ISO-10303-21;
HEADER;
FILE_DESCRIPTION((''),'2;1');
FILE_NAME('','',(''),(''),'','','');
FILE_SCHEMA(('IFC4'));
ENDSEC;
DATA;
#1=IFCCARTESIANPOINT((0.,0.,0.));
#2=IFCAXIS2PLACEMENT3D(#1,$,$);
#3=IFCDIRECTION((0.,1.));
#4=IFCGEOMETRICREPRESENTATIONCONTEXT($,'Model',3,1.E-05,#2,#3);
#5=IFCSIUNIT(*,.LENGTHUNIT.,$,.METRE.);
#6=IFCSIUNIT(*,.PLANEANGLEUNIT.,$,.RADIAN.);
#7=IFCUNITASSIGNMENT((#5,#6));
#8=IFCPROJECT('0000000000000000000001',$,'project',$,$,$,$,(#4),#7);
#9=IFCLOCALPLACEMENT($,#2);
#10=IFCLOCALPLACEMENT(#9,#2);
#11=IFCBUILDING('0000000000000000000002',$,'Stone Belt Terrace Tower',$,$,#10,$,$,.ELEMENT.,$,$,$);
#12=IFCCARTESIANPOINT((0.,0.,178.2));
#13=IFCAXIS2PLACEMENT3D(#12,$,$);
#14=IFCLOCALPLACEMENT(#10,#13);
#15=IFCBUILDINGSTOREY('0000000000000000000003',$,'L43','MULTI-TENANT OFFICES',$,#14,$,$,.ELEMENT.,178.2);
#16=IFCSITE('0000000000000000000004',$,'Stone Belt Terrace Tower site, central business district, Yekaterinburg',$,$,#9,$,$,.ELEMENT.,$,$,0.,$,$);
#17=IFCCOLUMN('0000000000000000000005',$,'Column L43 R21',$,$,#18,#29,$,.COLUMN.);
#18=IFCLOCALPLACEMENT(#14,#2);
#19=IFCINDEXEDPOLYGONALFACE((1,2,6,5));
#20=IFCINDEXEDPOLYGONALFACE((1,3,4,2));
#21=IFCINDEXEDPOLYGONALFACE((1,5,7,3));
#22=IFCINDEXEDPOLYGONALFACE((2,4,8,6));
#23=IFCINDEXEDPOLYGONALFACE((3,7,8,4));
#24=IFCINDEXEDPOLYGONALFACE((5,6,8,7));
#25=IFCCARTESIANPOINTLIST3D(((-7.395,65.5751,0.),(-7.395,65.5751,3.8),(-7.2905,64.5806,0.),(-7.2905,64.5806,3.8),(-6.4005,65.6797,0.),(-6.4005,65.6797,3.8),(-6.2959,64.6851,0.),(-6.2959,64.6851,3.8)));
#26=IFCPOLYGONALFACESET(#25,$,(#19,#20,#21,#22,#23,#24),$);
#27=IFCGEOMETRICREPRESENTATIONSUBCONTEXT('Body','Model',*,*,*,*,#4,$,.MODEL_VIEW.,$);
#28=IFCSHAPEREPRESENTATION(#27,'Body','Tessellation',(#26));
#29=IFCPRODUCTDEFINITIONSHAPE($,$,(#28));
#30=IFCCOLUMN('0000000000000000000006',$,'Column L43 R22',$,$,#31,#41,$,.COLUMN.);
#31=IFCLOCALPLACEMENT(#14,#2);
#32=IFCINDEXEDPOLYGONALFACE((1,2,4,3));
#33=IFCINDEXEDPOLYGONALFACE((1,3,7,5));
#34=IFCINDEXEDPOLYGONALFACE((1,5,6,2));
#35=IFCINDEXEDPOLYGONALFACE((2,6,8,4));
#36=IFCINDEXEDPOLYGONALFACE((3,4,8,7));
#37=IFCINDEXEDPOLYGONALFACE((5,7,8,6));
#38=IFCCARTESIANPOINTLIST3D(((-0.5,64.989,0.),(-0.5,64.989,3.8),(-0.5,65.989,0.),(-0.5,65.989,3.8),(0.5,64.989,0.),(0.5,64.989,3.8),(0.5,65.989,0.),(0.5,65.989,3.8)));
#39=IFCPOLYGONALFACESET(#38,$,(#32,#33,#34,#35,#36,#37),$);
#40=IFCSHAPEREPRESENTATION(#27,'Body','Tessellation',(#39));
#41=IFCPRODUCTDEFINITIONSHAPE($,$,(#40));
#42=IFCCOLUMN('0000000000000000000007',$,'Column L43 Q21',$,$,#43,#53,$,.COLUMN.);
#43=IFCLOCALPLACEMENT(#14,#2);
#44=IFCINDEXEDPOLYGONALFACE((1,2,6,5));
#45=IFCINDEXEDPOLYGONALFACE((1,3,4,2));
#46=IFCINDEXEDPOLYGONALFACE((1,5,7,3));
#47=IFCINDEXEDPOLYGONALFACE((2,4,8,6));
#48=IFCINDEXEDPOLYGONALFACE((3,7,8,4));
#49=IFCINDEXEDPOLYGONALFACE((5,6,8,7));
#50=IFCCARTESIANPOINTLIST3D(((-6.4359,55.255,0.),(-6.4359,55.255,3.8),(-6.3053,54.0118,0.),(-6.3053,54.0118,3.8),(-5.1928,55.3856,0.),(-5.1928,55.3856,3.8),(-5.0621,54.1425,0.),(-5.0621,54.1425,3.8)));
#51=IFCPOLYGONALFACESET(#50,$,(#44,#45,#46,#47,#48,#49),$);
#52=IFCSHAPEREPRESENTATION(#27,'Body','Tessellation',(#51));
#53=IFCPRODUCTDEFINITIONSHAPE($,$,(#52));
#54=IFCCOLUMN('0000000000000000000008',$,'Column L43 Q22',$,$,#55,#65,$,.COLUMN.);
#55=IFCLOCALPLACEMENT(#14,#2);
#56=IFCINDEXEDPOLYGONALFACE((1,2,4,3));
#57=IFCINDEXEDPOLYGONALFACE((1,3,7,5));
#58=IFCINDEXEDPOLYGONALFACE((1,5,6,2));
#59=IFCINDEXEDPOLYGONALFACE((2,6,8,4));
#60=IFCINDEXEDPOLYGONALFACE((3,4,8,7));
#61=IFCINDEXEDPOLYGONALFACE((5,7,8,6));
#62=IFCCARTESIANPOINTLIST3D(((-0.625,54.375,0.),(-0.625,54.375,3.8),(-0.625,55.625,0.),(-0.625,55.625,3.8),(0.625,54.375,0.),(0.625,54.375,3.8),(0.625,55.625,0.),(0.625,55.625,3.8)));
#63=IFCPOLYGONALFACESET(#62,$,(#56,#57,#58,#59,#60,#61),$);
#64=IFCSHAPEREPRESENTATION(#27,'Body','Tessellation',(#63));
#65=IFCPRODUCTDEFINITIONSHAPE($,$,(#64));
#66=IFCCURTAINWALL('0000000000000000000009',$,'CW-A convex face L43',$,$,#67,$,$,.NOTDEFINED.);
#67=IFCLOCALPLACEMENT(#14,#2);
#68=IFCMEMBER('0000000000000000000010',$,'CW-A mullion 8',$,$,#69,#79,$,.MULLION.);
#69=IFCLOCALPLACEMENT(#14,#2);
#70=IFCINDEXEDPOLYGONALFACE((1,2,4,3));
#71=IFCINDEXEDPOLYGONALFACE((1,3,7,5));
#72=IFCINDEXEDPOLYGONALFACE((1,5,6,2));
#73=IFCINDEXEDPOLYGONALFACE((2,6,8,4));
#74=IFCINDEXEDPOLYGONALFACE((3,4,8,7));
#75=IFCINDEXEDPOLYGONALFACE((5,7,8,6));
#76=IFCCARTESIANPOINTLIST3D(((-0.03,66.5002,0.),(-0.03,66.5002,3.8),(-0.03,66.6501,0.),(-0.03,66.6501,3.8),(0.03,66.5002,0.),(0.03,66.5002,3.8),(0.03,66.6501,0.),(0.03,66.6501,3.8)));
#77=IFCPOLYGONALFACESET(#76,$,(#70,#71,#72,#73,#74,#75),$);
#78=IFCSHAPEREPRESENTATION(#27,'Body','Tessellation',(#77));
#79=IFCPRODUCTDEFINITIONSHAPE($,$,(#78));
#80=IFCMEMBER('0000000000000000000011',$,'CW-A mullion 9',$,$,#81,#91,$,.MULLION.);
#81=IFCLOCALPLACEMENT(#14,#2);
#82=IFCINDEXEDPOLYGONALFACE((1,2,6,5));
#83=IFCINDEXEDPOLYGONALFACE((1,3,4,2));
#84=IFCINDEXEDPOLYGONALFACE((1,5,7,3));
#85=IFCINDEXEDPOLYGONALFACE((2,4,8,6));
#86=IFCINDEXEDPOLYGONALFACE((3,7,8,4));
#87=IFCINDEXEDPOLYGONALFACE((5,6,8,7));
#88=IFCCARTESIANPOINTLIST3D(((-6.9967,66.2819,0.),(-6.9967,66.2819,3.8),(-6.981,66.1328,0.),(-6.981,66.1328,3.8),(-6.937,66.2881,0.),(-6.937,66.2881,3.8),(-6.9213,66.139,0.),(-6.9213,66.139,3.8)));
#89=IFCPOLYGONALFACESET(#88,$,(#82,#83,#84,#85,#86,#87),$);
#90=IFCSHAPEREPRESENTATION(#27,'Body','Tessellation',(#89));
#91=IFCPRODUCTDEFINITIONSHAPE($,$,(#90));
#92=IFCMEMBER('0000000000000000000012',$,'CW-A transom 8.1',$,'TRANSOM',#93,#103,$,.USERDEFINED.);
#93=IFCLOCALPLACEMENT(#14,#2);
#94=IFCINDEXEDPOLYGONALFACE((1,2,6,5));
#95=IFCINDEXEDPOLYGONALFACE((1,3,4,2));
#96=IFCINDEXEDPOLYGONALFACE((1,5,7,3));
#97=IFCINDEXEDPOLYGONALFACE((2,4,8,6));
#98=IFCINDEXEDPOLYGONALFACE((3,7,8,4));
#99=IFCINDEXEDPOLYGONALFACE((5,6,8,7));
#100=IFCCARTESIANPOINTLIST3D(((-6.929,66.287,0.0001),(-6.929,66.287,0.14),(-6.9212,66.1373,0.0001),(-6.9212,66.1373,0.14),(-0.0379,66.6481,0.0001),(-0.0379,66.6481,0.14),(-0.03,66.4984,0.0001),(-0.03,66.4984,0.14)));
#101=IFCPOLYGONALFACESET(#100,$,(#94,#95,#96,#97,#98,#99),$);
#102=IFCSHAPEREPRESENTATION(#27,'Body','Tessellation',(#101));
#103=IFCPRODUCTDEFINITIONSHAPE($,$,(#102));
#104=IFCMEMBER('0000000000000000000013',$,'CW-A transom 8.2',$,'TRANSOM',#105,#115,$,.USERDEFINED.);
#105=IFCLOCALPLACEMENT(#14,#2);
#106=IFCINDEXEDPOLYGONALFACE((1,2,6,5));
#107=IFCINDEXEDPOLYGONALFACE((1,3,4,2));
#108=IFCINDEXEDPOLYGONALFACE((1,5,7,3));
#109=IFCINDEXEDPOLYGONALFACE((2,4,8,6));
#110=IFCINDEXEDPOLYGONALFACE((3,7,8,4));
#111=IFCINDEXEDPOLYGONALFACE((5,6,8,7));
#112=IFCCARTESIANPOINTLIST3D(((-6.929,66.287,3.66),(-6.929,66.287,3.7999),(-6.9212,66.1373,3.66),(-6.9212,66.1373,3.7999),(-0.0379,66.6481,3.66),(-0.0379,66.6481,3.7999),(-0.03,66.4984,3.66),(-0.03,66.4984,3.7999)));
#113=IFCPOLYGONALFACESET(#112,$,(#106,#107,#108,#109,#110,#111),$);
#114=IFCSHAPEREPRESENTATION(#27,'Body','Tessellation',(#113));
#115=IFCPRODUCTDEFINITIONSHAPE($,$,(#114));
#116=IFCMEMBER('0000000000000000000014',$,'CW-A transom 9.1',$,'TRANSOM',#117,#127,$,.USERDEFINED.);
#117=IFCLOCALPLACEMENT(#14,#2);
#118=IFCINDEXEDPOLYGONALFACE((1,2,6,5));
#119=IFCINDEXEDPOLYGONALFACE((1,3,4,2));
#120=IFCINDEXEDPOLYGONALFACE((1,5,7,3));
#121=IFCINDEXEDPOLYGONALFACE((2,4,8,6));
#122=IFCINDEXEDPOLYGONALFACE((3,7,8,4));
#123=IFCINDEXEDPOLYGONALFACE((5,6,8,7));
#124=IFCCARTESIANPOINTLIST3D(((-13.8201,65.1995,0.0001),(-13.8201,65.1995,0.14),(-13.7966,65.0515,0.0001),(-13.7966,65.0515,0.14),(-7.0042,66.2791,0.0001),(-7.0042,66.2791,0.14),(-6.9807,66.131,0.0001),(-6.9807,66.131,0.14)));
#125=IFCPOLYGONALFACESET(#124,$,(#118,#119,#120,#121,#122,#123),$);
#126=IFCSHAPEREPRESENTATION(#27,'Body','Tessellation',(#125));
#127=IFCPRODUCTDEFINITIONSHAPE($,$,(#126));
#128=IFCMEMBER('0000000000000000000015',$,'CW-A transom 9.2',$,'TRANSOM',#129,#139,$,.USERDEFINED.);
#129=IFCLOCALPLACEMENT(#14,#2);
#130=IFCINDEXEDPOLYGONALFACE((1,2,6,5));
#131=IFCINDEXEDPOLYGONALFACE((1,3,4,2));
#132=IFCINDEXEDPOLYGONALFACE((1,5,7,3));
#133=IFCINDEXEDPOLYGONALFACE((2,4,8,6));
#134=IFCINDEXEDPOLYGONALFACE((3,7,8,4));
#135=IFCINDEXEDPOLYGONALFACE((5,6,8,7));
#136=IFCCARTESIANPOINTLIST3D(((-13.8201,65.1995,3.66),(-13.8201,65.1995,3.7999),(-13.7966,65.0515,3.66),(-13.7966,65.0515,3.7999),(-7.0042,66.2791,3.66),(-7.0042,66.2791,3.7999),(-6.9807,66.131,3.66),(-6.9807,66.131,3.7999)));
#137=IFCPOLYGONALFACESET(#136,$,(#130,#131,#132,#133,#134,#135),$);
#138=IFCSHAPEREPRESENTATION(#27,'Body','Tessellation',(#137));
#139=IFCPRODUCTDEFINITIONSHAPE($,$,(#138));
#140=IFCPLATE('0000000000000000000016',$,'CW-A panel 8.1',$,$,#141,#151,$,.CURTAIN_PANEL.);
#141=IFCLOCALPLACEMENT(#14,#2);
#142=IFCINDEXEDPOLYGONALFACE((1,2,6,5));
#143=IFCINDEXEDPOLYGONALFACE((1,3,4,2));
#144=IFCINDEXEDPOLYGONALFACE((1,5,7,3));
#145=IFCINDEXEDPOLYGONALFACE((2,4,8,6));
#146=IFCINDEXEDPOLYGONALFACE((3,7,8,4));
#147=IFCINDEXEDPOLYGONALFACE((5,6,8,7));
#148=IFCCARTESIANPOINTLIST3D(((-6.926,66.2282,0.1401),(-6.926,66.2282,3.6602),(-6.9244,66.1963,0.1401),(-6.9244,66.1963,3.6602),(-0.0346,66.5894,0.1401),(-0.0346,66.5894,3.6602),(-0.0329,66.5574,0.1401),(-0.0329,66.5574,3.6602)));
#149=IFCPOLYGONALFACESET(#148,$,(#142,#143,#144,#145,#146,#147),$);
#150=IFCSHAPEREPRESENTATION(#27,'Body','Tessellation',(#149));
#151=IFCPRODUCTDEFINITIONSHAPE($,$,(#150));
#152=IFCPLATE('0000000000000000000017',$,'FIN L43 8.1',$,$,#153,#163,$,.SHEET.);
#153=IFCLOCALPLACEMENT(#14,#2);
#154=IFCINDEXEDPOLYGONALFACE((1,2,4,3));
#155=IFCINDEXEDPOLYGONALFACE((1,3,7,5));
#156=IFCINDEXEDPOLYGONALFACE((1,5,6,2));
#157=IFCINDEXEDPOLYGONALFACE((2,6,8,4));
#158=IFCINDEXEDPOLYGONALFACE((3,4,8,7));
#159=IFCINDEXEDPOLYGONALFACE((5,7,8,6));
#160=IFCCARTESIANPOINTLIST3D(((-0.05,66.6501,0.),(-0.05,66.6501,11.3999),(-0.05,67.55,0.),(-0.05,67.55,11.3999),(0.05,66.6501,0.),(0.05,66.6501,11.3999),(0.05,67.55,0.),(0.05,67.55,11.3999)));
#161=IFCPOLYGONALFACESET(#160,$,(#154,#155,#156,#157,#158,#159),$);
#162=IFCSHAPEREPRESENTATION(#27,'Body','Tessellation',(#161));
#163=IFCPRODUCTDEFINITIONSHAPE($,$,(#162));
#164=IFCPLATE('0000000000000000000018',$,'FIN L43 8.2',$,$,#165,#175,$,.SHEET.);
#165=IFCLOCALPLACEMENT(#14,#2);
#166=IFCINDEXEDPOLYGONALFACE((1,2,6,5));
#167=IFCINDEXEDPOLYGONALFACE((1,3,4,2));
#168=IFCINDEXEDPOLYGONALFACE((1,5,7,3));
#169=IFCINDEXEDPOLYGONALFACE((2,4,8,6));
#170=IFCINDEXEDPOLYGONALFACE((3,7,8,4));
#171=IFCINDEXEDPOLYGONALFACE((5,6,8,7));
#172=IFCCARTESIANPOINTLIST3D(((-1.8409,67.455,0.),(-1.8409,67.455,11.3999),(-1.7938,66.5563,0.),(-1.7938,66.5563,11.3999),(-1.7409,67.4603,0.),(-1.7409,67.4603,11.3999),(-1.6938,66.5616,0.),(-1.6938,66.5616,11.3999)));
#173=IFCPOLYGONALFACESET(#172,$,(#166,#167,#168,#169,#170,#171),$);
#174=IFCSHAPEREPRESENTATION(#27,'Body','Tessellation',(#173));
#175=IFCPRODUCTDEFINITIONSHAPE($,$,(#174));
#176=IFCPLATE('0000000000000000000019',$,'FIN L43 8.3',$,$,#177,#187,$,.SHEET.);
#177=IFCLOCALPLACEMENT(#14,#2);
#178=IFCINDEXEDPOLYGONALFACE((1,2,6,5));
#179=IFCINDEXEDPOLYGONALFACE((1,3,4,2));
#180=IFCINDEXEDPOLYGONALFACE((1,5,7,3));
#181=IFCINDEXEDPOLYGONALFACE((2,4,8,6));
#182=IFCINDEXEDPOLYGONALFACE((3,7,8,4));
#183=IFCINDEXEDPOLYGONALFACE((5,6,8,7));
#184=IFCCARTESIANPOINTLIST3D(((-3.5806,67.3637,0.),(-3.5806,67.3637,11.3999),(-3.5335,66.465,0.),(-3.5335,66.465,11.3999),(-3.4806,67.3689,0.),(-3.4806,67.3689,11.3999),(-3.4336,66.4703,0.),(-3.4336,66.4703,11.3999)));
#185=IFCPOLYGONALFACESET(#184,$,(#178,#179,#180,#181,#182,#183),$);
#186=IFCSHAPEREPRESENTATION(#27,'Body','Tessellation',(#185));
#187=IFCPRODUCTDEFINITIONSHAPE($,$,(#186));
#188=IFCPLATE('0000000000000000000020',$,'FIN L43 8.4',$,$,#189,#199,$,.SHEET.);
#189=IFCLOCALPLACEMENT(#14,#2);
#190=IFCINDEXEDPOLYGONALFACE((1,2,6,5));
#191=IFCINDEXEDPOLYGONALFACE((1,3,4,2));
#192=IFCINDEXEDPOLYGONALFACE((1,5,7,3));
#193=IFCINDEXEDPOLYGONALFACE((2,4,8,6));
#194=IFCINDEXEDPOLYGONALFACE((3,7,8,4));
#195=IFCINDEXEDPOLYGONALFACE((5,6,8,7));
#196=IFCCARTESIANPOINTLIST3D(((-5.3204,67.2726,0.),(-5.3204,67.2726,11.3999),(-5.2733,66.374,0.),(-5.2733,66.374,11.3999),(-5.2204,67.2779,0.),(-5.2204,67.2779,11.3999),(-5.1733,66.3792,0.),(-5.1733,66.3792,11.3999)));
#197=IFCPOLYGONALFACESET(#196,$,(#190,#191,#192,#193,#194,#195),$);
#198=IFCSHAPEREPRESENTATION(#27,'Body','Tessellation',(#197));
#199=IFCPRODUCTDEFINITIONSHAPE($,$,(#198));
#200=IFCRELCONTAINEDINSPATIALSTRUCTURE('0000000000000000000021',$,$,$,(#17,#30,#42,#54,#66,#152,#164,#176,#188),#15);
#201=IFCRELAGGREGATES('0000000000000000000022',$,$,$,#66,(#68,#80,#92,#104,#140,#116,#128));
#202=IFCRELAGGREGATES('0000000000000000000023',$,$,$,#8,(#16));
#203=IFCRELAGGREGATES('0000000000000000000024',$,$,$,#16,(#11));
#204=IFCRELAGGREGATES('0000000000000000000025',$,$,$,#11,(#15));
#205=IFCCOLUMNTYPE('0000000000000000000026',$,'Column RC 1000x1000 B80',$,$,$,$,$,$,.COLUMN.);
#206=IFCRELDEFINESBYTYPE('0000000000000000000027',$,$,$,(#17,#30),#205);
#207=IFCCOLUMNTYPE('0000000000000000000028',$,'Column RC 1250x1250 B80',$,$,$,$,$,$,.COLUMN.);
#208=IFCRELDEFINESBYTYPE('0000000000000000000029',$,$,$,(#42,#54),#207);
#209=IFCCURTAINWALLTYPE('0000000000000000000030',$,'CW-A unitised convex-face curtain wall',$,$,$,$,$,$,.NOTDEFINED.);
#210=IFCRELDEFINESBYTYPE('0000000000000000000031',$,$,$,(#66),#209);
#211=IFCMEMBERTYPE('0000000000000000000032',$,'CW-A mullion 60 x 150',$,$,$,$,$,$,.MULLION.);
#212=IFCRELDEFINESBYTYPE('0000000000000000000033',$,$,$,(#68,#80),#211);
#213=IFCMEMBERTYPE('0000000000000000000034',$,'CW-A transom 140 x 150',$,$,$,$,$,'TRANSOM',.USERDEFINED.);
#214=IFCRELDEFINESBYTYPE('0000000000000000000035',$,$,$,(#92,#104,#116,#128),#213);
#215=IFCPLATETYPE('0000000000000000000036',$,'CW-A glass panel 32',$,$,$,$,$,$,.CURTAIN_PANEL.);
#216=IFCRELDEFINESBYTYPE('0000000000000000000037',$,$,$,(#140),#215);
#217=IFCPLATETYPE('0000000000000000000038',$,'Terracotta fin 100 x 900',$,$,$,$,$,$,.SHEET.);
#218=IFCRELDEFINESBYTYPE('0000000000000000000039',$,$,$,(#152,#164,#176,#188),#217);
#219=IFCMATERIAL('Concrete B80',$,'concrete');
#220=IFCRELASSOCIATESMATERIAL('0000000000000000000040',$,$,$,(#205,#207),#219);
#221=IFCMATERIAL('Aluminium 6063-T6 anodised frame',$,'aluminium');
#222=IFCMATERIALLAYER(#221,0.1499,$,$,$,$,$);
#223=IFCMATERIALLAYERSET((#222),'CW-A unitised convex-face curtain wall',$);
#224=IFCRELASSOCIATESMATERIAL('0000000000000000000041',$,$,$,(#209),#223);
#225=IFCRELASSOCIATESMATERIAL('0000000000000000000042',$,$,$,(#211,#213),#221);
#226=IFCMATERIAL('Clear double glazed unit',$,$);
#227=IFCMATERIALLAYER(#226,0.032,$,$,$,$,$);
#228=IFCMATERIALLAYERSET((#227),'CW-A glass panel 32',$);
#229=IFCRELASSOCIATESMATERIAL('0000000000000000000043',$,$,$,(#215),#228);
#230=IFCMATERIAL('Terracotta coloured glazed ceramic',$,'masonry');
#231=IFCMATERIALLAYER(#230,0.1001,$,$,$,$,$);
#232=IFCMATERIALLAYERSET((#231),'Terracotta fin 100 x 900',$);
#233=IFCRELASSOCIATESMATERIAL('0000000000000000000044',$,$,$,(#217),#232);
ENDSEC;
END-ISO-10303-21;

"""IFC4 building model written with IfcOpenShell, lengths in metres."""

from ifc_helpers import new_model, si_unit, direction, frame, origin, origin_2d, place, context, subcontext, project, spatial, rectangle, extrude, material, layer, layer_set, material_profile, profile_set, type_object, element, aggregate, save


model = new_model("IFC4")

# Units and contexts
model_context = context("Model", 3, precision=1e-05, world=origin(), true_north=direction((0.0, 1.0)))
body_context = subcontext(model_context, "Body", "Model", "MODEL_VIEW")
ifc_project = project(units=[si_unit("LENGTHUNIT", "METRE"), si_unit("PLANEANGLEUNIT", "RADIAN")], contexts=[model_context])

# Site, building, storey
site_placement = place(None, origin())
site = spatial("IfcSite", under=ifc_project, at=site_placement, Name="Stone Belt Terrace Tower site, central business district, Yekaterinburg", CompositionType="ELEMENT", RefElevation=0.0)
building_placement = place(site_placement, origin())
building = spatial("IfcBuilding", under=site, at=building_placement, Name="Stone Belt Terrace Tower", CompositionType="ELEMENT")
storey_placement = place(building_placement, frame((0.0, 0.0, 178.2)))
storey = spatial("IfcBuildingStorey", under=building, at=storey_placement, Name="L43", Description="MULTI-TENANT OFFICES", CompositionType="ELEMENT", Elevation=178.2)

# Columns
ifc_material_1 = material(Name="Concrete B80", Category="concrete")
ifc_material_profile_1 = material_profile(ifc_material_1, rectangle(XDim=1.0, YDim=1.0, at=origin_2d()), Name="RC 1000x1000")
ifc_profile_set_1 = profile_set([ifc_material_profile_1], Name="Concrete B80")
column_type_1 = type_object("IfcColumnType", Name="Column RC 1000x1000 B80", PredefinedType="COLUMN", material=ifc_profile_set_1)
for number, where, z_axis, x_axis, name in (
    (1, (-6.8455, 65.1301, 0.0), (0.0, 0.0, 1.0), (0.994522, 0.104528, 0.0), "Column L43 R21"),
    (2, (0.0, 65.489, 0.0), (0.0, 0.0, 1.0), (1.0, 0.0, 0.0), "Column L43 R22"),
):
    element("IfcColumn", number, at=place(storey_placement, frame(where, z_axis=z_axis, x_axis=x_axis)), inside=storey, type_object=column_type_1, Name=name, PredefinedType="COLUMN", context=body_context, shape_type="SweptSolid", body=[
        extrude(rectangle(XDim=1.0, YDim=1.0, at=origin_2d()), origin(), (0.0, 0.0, 1.0), 3.8),
    ])
ifc_material_profile_2 = material_profile(ifc_material_1, rectangle(XDim=1.25, YDim=1.25, at=origin_2d()), Name="RC 1250x1250")
ifc_profile_set_2 = profile_set([ifc_material_profile_2], Name="Concrete B80")
column_type_2 = type_object("IfcColumnType", Name="Column RC 1250x1250 B80", PredefinedType="COLUMN", material=ifc_profile_set_2)
for number, where, z_axis, x_axis, name in (
    (3, (-5.749, 54.6987, 0.0), (0.0, 0.0, 1.0), (0.994522, 0.104528, 0.0), "Column L43 Q21"),
    (4, (0.0, 55.0, 0.0), (0.0, 0.0, 1.0), (1.0, 0.0, 0.0), "Column L43 Q22"),
):
    element("IfcColumn", number, at=place(storey_placement, frame(where, z_axis=z_axis, x_axis=x_axis)), inside=storey, type_object=column_type_2, Name=name, PredefinedType="COLUMN", context=body_context, shape_type="SweptSolid", body=[
        extrude(rectangle(XDim=1.25, YDim=1.25, at=origin_2d()), origin(), (0.0, 0.0, 1.0), 3.8),
    ])

# Curtain wall, members, plate
ifc_material_2 = material(Name="Aluminium 6063-T6 anodised frame", Category="aluminium")
ifc_layer_1 = layer(ifc_material_2, 0.1499)
ifc_layer_set_1 = layer_set([ifc_layer_1], Name="CW-A unitised convex-face curtain wall")
curtain_wall_type = type_object("IfcCurtainWallType", Name="CW-A unitised convex-face curtain wall", PredefinedType="NOTDEFINED", material=ifc_layer_set_1)
curtain_wall_placement = place(storey_placement, origin())
curtain_wall = element("IfcCurtainWall", 5, at=curtain_wall_placement, inside=storey, type_object=curtain_wall_type, Name="CW-A convex face L43", PredefinedType="NOTDEFINED")
ifc_material_profile_3 = material_profile(ifc_material_2, rectangle(XDim=0.1499, YDim=0.0601, at=origin_2d()), Name="Aluminium 6063-T6 60x150")
ifc_profile_set_3 = profile_set([ifc_material_profile_3], Name="Aluminium 6063-T6 anodised frame")
member_type_1 = type_object("IfcMemberType", Name="CW-A mullion 60 x 150", PredefinedType="MULLION", material=ifc_profile_set_3)
member_1_placement = place(storey_placement, frame((0.0, 66.5752, 0.0), z_axis=(0.0, 0.0, 1.0), x_axis=(0.0, -1.0, 0.0)))
member_1 = element("IfcMember", 6, at=member_1_placement, type_object=member_type_1, Name="CW-A mullion 8", PredefinedType="MULLION", context=body_context, shape_type="SweptSolid", body=[
    extrude(rectangle(XDim=0.1499, YDim=0.0601, at=origin_2d()), origin(), (0.0, 0.0, 1.0), 3.8),
])
member_2_placement = place(storey_placement, frame((-6.959, 66.2104, 0.0), z_axis=(0.0, 0.0, 1.0), x_axis=(0.104528, -0.994522, 0.0)))
member_2 = element("IfcMember", 7, at=member_2_placement, type_object=member_type_1, Name="CW-A mullion 9", PredefinedType="MULLION", context=body_context, shape_type="SweptSolid", body=[
    extrude(rectangle(XDim=0.1499, YDim=0.0601, at=origin_2d()), origin(), (0.0, 0.0, 1.0), 3.8),
])
ifc_material_profile_4 = material_profile(ifc_material_2, rectangle(XDim=0.1499, YDim=0.1399, at=origin_2d()), Name="Aluminium 6063-T6 150x140")
ifc_profile_set_4 = profile_set([ifc_material_profile_4], Name="Aluminium 6063-T6 anodised frame")
member_type_2 = type_object("IfcMemberType", Name="CW-A transom 140 x 150", ElementType="TRANSOM", PredefinedType="USERDEFINED", material=ifc_profile_set_4)
member_3_placement = place(storey_placement, frame((-0.0339, 66.5732, 0.0701), z_axis=(-0.99863, -0.052327, 0.0), x_axis=(0.052327, -0.99863, 0.0)))
member_3 = element("IfcMember", 8, at=member_3_placement, type_object=member_type_2, Name="CW-A transom 8.1", ObjectType="TRANSOM", PredefinedType="USERDEFINED", context=body_context, shape_type="SweptSolid", body=[
    extrude(rectangle(XDim=0.1499, YDim=0.1399, at=origin_2d()), origin(), (0.0, 0.0, 1.0), 6.9006),
])
member_4_placement = place(storey_placement, frame((-0.0339, 66.5732, 3.73), z_axis=(-0.99863, -0.052327, 0.0), x_axis=(0.052327, -0.99863, 0.0)))
member_4 = element("IfcMember", 9, at=member_4_placement, type_object=member_type_2, Name="CW-A transom 8.2", ObjectType="TRANSOM", PredefinedType="USERDEFINED", context=body_context, shape_type="SweptSolid", body=[
    extrude(rectangle(XDim=0.1499, YDim=0.1399, at=origin_2d()), origin(), (0.0, 0.0, 1.0), 6.9006),
])
member_5_placement = place(storey_placement, frame((-6.9924, 66.2051, 0.0701), z_axis=(-0.987687, -0.156442, 0.0), x_axis=(0.156442, -0.987687, 0.0)))
member_5 = element("IfcMember", 10, at=member_5_placement, type_object=member_type_2, Name="CW-A transom 9.1", ObjectType="TRANSOM", PredefinedType="USERDEFINED", context=body_context, shape_type="SweptSolid", body=[
    extrude(rectangle(XDim=0.1499, YDim=0.1399, at=origin_2d()), origin(), (0.0, 0.0, 1.0), 6.9009),
])
member_6_placement = place(storey_placement, frame((-6.9924, 66.2051, 3.73), z_axis=(-0.987687, -0.156442, 0.0), x_axis=(0.156442, -0.987687, 0.0)))
member_6 = element("IfcMember", 11, at=member_6_placement, type_object=member_type_2, Name="CW-A transom 9.2", ObjectType="TRANSOM", PredefinedType="USERDEFINED", context=body_context, shape_type="SweptSolid", body=[
    extrude(rectangle(XDim=0.1499, YDim=0.1399, at=origin_2d()), origin(), (0.0, 0.0, 1.0), 6.9009),
])
ifc_material_3 = material(Name="Clear double glazed unit")
ifc_layer_2 = layer(ifc_material_3, 0.032)
ifc_layer_set_2 = layer_set([ifc_layer_2], Name="CW-A glass panel 32")
plate_type_1 = type_object("IfcPlateType", Name="CW-A glass panel 32", PredefinedType="CURTAIN_PANEL", material=ifc_layer_set_2)
plate_placement = place(storey_placement, frame((-3.4795, 66.3928, 0.1401), z_axis=(0.0, 0.0, 1.0), x_axis=(-0.99863, -0.052336, 0.0)))
plate = element("IfcPlate", 12, at=plate_placement, type_object=plate_type_1, Name="CW-A panel 8.1", PredefinedType="CURTAIN_PANEL", context=body_context, shape_type="SweptSolid", body=[
    extrude(rectangle(XDim=6.9009, YDim=0.032, at=origin_2d()), origin(), (0.0, 0.0, 1.0), 3.52),
])
aggregate(curtain_wall, [member_1, member_2, member_3, member_4, plate, member_5, member_6])

# Plates
ifc_material_4 = material(Name="Terracotta coloured glazed ceramic", Category="masonry")
ifc_layer_3 = layer(ifc_material_4, 0.1001)
ifc_layer_set_3 = layer_set([ifc_layer_3], Name="Terracotta fin 100 x 900")
plate_type_2 = type_object("IfcPlateType", Name="Terracotta fin 100 x 900", PredefinedType="SHEET", material=ifc_layer_set_3)
for number, where, z_axis, x_axis, name in (
    (13, (0.0, 67.1001, 0.0), (0.0, 0.0, 1.0), (0.0, 1.0, 0.0), "FIN L43 8.1"),
    (14, (-1.7673, 67.0083, 0.0), (0.0, 0.0, 1.0), (-0.052336, 0.99863, 0.0), "FIN L43 8.2"),
    (15, (-3.5071, 66.917, 0.0), (0.0, 0.0, 1.0), (-0.052336, 0.99863, 0.0), "FIN L43 8.3"),
    (16, (-5.2468, 66.8259, 0.0), (0.0, 0.0, 1.0), (-0.052336, 0.99863, 0.0), "FIN L43 8.4"),
):
    element("IfcPlate", number, at=place(storey_placement, frame(where, z_axis=z_axis, x_axis=x_axis)), inside=storey, type_object=plate_type_2, Name=name, PredefinedType="SHEET", context=body_context, shape_type="SweptSolid", body=[
        extrude(rectangle(XDim=0.8999, YDim=0.1001, at=origin_2d()), origin(), (0.0, 0.0, 1.0), 11.3999),
    ])

save(model, "model.ifc")
